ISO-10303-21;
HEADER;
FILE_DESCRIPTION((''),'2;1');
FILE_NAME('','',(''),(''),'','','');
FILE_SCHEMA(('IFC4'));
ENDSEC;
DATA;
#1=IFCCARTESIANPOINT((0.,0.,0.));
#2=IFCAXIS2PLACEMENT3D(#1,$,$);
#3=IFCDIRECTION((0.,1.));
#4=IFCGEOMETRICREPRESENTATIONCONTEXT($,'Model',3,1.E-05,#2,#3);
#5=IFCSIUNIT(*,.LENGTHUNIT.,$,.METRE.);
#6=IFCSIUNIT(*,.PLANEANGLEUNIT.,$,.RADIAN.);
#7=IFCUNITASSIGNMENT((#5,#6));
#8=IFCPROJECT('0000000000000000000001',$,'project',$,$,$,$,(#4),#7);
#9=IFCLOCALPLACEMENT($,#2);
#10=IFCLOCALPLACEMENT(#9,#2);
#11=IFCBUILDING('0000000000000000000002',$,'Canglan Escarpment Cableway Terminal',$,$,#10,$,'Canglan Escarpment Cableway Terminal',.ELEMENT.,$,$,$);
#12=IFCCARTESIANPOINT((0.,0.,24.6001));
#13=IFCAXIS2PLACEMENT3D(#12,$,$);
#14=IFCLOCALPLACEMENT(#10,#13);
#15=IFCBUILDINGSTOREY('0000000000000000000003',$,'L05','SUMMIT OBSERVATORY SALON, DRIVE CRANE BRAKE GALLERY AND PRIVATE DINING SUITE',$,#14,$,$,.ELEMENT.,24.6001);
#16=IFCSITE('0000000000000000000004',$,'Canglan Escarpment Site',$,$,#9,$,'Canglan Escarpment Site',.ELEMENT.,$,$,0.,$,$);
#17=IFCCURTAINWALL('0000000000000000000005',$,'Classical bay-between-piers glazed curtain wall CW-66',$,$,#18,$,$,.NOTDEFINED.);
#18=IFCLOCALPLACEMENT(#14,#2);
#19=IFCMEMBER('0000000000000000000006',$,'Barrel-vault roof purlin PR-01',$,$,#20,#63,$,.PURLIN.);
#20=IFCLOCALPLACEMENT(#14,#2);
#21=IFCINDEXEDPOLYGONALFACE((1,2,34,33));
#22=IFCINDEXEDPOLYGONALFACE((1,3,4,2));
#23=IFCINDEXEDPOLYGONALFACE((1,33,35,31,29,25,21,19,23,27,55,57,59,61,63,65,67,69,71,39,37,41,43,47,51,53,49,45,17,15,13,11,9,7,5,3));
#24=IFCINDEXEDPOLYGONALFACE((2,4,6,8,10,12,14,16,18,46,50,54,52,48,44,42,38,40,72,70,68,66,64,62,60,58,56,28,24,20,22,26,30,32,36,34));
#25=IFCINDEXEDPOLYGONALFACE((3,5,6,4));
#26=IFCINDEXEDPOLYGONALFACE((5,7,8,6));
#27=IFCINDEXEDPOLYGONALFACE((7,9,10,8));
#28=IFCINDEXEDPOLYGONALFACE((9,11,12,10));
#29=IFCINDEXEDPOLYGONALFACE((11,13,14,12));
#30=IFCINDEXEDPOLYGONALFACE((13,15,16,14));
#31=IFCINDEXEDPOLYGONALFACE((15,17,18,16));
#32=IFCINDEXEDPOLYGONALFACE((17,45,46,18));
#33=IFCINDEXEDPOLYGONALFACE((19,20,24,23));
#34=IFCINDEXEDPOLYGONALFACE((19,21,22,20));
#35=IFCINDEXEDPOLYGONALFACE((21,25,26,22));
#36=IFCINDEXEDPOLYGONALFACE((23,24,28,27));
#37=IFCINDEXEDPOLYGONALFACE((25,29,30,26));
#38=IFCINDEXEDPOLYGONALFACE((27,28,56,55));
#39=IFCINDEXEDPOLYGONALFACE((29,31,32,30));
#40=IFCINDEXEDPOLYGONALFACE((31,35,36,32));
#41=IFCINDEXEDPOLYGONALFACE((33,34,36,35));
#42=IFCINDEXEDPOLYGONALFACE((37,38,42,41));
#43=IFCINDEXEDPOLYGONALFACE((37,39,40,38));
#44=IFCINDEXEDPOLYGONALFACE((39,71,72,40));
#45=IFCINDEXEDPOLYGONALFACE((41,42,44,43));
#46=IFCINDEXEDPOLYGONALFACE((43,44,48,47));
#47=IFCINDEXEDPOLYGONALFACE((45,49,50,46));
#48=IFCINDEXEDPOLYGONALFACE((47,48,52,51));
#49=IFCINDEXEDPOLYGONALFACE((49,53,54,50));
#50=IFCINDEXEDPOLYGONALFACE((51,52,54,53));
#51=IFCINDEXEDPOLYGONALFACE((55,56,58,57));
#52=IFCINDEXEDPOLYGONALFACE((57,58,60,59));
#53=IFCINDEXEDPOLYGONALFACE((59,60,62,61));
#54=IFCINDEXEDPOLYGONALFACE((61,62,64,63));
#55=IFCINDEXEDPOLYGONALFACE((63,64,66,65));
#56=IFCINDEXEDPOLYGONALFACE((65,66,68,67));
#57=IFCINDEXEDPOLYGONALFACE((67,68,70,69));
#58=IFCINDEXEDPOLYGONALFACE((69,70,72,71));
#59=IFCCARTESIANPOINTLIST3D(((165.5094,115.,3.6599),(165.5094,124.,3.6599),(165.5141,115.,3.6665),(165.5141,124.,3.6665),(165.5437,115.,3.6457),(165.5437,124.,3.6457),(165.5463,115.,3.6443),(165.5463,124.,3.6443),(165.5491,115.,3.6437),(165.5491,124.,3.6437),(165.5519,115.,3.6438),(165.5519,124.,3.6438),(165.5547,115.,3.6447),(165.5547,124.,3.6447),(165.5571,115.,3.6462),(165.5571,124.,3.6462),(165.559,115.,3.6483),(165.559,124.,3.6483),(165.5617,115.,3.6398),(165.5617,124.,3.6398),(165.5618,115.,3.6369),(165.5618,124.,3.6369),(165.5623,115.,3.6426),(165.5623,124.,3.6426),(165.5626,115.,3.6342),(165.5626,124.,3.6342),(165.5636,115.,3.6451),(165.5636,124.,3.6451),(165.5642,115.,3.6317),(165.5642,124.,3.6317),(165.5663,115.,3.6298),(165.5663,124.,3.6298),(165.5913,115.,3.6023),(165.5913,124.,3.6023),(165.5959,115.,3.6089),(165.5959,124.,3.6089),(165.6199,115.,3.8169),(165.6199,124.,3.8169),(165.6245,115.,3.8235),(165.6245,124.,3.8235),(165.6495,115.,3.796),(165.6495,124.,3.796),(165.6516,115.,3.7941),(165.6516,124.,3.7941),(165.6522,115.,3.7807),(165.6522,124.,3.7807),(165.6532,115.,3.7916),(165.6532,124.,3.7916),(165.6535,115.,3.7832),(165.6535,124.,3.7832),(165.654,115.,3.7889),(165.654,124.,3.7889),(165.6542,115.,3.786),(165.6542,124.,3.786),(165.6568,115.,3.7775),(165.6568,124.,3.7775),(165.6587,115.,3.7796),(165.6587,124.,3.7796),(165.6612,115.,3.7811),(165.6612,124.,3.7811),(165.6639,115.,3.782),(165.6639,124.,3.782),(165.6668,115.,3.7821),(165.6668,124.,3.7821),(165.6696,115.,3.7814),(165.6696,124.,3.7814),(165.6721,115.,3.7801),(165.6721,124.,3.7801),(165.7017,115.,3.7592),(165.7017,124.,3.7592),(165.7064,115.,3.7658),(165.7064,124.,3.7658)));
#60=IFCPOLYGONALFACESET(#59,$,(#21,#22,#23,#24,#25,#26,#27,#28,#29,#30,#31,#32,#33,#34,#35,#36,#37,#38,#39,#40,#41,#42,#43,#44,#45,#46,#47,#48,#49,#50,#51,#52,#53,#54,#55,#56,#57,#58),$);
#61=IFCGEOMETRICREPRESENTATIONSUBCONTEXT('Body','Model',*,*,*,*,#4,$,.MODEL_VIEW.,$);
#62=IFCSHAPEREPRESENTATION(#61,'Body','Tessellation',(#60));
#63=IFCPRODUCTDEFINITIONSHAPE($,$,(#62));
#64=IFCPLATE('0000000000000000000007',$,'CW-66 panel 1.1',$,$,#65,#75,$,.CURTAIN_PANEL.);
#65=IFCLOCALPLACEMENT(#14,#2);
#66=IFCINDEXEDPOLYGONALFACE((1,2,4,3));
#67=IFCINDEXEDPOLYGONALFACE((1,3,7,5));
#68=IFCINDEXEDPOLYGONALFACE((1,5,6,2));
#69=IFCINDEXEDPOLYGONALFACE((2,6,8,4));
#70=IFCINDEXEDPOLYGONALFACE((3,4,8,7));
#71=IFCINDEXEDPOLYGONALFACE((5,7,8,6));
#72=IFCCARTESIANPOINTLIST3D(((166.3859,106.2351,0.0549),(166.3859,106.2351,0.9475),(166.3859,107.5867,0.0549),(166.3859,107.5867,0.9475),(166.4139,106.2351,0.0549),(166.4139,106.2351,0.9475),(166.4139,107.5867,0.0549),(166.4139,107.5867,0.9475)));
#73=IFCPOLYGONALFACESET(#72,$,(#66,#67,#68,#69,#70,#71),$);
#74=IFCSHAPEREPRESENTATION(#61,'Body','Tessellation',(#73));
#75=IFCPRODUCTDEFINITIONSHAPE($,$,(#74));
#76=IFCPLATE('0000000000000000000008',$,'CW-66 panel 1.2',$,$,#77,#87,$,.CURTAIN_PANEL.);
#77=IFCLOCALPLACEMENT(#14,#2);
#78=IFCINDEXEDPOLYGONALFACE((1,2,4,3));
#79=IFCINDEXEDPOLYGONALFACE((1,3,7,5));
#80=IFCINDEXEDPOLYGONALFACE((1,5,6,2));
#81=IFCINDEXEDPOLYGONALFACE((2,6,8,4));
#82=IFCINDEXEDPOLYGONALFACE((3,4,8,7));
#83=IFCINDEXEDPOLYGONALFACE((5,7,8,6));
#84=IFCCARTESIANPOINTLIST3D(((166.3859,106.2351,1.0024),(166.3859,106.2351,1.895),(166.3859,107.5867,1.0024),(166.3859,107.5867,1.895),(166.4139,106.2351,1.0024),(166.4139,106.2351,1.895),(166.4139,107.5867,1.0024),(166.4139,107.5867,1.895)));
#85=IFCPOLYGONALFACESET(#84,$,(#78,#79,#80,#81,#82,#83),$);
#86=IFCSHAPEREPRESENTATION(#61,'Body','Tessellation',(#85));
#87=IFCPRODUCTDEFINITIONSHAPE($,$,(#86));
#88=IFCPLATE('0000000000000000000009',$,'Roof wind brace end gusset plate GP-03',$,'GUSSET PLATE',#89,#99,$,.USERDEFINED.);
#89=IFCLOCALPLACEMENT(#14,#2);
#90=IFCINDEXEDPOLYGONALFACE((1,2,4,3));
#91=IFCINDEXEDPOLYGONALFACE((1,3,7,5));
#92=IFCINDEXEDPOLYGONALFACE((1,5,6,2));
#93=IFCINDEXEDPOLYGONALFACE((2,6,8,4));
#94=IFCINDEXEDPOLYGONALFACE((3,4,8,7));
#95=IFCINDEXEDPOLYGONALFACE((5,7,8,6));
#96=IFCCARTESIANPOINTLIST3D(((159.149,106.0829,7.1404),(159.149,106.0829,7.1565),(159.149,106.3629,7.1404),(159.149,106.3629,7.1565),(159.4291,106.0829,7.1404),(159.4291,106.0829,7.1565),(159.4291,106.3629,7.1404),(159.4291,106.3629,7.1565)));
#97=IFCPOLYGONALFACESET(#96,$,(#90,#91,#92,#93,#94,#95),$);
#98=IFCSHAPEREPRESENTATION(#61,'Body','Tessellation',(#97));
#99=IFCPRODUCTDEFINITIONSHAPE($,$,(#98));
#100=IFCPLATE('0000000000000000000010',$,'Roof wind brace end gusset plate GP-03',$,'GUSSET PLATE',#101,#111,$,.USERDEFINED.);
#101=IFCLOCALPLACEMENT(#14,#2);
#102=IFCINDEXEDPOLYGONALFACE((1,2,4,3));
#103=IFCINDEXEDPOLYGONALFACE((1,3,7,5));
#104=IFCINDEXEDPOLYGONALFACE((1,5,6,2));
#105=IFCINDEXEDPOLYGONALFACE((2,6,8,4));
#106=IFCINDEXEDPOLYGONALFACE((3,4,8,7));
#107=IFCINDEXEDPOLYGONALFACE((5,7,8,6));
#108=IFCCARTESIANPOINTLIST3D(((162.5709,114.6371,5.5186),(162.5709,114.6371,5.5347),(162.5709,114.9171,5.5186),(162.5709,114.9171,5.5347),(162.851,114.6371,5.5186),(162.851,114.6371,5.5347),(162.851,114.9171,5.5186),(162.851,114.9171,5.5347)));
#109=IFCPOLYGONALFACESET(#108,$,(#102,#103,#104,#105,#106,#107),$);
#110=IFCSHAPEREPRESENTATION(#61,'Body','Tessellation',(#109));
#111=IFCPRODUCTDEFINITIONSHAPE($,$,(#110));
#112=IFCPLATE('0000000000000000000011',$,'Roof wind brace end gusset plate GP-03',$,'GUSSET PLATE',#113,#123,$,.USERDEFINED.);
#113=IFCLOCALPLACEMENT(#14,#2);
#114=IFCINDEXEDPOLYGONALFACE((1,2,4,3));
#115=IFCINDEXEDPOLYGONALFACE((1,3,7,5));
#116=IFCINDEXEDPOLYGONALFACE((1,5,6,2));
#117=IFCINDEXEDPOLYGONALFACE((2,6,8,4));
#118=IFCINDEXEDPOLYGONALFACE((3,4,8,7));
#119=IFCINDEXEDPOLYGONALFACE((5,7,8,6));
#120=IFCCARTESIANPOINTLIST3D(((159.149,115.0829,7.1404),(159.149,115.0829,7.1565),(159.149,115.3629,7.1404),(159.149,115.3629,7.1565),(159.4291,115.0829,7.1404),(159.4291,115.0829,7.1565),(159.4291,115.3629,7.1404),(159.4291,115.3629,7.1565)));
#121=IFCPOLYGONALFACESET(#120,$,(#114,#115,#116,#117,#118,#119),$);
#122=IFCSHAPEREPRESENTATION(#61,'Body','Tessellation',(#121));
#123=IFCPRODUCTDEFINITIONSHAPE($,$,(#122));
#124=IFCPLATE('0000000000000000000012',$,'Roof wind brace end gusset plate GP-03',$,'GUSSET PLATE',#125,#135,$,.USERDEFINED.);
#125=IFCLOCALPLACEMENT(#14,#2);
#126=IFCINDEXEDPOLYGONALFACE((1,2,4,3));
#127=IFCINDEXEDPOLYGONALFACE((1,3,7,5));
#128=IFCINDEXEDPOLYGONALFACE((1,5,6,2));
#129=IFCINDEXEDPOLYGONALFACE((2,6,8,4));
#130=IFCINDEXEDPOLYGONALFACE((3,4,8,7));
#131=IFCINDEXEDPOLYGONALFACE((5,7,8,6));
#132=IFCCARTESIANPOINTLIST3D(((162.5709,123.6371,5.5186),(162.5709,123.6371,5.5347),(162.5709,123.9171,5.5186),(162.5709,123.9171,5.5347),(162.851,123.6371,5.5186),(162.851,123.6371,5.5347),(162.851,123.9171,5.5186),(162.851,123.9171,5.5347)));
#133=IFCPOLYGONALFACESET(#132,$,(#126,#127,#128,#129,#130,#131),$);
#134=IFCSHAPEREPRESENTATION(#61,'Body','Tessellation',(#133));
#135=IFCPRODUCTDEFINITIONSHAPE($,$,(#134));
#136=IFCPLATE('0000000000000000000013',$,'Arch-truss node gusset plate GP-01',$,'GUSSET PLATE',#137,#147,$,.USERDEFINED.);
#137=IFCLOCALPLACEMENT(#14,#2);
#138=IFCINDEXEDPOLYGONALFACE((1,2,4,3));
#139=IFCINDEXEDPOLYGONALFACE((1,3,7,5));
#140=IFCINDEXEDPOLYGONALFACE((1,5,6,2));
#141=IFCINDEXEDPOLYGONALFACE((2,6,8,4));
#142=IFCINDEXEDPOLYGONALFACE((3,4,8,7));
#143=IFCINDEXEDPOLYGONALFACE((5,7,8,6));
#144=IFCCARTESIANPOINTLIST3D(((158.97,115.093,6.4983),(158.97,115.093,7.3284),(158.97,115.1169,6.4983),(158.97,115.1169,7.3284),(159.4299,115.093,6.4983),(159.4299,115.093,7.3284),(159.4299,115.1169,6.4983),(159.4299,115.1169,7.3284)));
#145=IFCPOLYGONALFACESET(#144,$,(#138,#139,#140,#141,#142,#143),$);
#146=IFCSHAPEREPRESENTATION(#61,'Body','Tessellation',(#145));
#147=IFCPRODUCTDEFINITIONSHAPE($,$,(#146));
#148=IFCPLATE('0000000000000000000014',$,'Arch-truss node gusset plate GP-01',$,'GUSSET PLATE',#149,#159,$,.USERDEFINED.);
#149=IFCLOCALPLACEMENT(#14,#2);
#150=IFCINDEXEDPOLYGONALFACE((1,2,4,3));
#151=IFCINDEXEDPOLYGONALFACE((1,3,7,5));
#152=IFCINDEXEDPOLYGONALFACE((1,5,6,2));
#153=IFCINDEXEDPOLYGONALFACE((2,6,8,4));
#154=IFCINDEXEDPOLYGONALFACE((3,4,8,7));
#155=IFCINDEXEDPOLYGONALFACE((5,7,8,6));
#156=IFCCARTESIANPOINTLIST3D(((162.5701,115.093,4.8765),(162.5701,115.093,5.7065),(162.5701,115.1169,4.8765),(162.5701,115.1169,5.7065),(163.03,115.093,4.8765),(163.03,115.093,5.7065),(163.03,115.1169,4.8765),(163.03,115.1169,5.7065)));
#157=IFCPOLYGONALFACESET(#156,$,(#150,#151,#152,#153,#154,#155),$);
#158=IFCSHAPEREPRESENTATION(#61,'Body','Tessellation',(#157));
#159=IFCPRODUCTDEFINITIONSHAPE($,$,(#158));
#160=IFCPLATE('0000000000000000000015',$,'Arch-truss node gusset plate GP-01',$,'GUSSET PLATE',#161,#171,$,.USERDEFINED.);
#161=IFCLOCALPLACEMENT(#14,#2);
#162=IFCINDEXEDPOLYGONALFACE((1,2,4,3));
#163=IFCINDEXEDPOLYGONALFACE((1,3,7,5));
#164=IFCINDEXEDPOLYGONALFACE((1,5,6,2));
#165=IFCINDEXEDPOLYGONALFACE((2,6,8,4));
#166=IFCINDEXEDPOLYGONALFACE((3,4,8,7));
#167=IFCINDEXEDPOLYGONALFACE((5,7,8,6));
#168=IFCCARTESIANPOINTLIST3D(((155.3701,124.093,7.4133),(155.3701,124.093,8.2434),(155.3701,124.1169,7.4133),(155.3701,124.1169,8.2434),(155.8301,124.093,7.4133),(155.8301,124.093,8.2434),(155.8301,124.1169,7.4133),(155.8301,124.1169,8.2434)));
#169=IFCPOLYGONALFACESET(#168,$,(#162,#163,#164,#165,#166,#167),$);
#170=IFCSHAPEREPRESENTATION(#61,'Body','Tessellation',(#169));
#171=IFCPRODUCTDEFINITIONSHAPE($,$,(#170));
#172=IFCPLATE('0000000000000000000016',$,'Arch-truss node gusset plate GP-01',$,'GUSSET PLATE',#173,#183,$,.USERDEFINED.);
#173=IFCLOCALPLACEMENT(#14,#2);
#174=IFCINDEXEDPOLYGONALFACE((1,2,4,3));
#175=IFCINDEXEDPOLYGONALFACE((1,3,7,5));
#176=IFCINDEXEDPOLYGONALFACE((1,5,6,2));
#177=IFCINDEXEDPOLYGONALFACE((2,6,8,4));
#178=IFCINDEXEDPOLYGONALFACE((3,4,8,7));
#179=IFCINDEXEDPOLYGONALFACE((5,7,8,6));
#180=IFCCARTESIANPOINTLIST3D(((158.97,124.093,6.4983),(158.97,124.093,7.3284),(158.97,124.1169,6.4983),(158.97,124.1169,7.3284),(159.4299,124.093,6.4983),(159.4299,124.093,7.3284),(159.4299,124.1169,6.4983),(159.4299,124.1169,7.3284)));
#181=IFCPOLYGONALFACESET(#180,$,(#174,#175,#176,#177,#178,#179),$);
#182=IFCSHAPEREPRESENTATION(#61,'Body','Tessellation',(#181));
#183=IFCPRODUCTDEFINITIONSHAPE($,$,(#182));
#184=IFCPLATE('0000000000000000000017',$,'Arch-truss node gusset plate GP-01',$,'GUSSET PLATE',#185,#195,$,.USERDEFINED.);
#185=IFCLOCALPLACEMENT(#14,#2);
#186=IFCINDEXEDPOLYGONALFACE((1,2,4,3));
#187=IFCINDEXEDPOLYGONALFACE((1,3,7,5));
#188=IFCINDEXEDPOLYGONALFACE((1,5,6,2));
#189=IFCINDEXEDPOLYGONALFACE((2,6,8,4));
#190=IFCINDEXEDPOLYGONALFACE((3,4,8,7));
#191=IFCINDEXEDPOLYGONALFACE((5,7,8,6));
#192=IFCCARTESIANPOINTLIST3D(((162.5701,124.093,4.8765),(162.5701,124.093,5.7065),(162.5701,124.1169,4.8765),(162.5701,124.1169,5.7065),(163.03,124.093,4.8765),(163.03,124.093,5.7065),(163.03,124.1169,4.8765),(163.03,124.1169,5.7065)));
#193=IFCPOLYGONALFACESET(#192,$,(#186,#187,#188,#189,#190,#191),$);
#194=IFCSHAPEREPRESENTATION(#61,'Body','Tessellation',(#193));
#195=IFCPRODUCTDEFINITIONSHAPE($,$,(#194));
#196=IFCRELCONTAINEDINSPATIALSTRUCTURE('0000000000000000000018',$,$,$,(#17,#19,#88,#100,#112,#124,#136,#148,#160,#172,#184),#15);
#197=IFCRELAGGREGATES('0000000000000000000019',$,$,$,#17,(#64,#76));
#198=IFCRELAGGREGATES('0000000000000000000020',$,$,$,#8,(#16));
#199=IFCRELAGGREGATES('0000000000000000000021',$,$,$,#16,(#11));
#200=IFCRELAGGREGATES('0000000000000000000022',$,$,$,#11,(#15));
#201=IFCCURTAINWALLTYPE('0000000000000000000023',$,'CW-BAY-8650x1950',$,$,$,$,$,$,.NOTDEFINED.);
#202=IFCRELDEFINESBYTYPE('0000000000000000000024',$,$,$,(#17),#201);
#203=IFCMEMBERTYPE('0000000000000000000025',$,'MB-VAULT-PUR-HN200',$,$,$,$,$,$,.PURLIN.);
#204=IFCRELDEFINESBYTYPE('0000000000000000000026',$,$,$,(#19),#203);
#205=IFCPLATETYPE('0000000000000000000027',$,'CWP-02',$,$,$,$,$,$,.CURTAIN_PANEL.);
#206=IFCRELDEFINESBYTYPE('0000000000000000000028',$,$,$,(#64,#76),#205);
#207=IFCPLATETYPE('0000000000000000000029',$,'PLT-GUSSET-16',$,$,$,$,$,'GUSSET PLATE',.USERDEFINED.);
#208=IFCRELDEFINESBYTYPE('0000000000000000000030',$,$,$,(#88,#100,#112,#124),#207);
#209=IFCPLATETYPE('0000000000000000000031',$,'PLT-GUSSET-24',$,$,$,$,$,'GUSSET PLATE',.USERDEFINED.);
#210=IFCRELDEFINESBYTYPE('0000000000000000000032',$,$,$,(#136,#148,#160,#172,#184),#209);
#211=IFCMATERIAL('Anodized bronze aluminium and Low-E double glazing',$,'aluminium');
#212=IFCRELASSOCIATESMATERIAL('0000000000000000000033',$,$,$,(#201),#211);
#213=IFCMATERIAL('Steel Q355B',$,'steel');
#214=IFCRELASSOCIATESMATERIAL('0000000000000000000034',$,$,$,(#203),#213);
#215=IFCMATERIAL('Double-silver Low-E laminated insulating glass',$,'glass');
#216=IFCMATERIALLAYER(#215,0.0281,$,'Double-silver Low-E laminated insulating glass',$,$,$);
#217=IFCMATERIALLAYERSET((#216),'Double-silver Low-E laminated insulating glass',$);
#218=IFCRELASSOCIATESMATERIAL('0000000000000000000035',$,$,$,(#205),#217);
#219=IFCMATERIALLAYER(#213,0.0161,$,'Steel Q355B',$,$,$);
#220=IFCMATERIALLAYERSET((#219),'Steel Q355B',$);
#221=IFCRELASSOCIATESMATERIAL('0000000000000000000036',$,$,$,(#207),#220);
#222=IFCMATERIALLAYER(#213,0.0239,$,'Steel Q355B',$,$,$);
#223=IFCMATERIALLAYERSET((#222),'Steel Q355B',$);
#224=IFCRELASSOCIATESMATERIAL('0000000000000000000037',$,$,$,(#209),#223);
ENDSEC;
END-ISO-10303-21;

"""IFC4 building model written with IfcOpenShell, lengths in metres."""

from ifc_helpers import new_model, si_unit, direction, frame, origin, origin_2d, place, context, subcontext, project, spatial, rectangle, i_section, extrude, material, layer, layer_set, material_profile, profile_set, type_object, element, aggregate, save


model = new_model("IFC4")

# Units and contexts
model_context = context("Model", 3, precision=1e-05, world=origin(), true_north=direction((0.0, 1.0)))
body_context = subcontext(model_context, "Body", "Model", "MODEL_VIEW")
ifc_project = project(units=[si_unit("LENGTHUNIT", "METRE"), si_unit("PLANEANGLEUNIT", "RADIAN")], contexts=[model_context])

# Site, building, storey
site_placement = place(None, origin())
site = spatial("IfcSite", under=ifc_project, at=site_placement, Name="Canglan Escarpment Site", LongName="Canglan Escarpment Site", CompositionType="ELEMENT", RefElevation=0.0)
building_placement = place(site_placement, origin())
building = spatial("IfcBuilding", under=site, at=building_placement, Name="Canglan Escarpment Cableway Terminal", LongName="Canglan Escarpment Cableway Terminal", CompositionType="ELEMENT")
storey_placement = place(building_placement, frame((0.0, 0.0, 24.6001)))
storey = spatial("IfcBuildingStorey", under=building, at=storey_placement, Name="L05", Description="SUMMIT OBSERVATORY SALON, DRIVE CRANE BRAKE GALLERY AND PRIVATE DINING SUITE", CompositionType="ELEMENT", Elevation=24.6001)

# Shared definitions
ifc_material_1 = material(Name="Steel Q355B", Category="steel")

# Curtain wall
ifc_material_2 = material(Name="Anodized bronze aluminium and Low-E double glazing", Category="aluminium")
curtain_wall_type = type_object("IfcCurtainWallType", Name="CW-BAY-8650x1950", PredefinedType="NOTDEFINED", material=ifc_material_2)
curtain_wall_placement = place(storey_placement, origin())
curtain_wall = element("IfcCurtainWall", 1, at=curtain_wall_placement, inside=storey, type_object=curtain_wall_type, Name="Classical bay-between-piers glazed curtain wall CW-66", PredefinedType="NOTDEFINED")

# Member
ifc_material_profile_1 = material_profile(ifc_material_1, i_section(OverallWidth=0.1001, OverallDepth=0.2, WebThickness=0.0056, FlangeThickness=0.0081, FilletRadius=0.011, at=origin_2d()), Name="HN 200x100x5.5x8")
ifc_profile_set_1 = profile_set([ifc_material_profile_1], Name="Steel Q355B")
member_type_1 = type_object("IfcMemberType", Name="MB-VAULT-PUR-HN200", PredefinedType="PURLIN", material=ifc_profile_set_1)
for number, where, z_axis, x_axis, name in (
    (2, (165.6079, 115.0, 3.7129), (0.0, 1.0, 0.0), (-0.817728, 0.0, 0.575605), "Barrel-vault roof purlin PR-01"),
):
    element("IfcMember", number, at=place(storey_placement, frame(where, z_axis=z_axis, x_axis=x_axis)), inside=storey, type_object=member_type_1, Name=name, PredefinedType="PURLIN", context=body_context, shape_type="SweptSolid", body=[
        extrude(i_section(OverallWidth=0.1001, OverallDepth=0.2, WebThickness=0.0056, FlangeThickness=0.0081, FilletRadius=0.011, at=origin_2d()), origin(), (0.0, 0.0, 1.0), 9.0),
    ])

# Plates
ifc_material_3 = material(Name="Double-silver Low-E laminated insulating glass", Category="glass")
ifc_layer_1 = layer(ifc_material_3, 0.0281, Name="Double-silver Low-E laminated insulating glass")
ifc_layer_set_1 = layer_set([ifc_layer_1], Name="Double-silver Low-E laminated insulating glass")
plate_type_1 = type_object("IfcPlateType", Name="CWP-02", PredefinedType="CURTAIN_PANEL", material=ifc_layer_set_1)
plate_1_placement = place(storey_placement, frame((166.3999, 106.9109, 0.0549), z_axis=(0.0, 0.0, 1.0), x_axis=(0.0, 1.0, 0.0)))
plate_1 = element("IfcPlate", 3, at=plate_1_placement, type_object=plate_type_1, Name="CW-66 panel 1.1", PredefinedType="CURTAIN_PANEL", context=body_context, shape_type="SweptSolid", body=[
    extrude(rectangle(XDim=1.3516, YDim=0.0281, at=origin_2d()), origin(), (0.0, 0.0, 1.0), 0.8926),
])
plate_2_placement = place(storey_placement, frame((166.3999, 106.9109, 1.0024), z_axis=(0.0, 0.0, 1.0), x_axis=(0.0, 1.0, 0.0)))
plate_2 = element("IfcPlate", 4, at=plate_2_placement, type_object=plate_type_1, Name="CW-66 panel 1.2", PredefinedType="CURTAIN_PANEL", context=body_context, shape_type="SweptSolid", body=[
    extrude(rectangle(XDim=1.3516, YDim=0.0281, at=origin_2d()), origin(), (0.0, 0.0, 1.0), 0.8926),
])
aggregate(curtain_wall, [plate_1, plate_2])

# Plates
ifc_layer_2 = layer(ifc_material_1, 0.0161, Name="Steel Q355B")
ifc_layer_set_2 = layer_set([ifc_layer_2], Name="Steel Q355B")
plate_type_2 = type_object("IfcPlateType", Name="PLT-GUSSET-16", ElementType="GUSSET PLATE", PredefinedType="USERDEFINED", material=ifc_layer_set_2)
for number, where, z_axis, x_axis, name in (
    (5, (159.2891, 106.2229, 7.1404), (0.0, 0.0, 1.0), (1.0, 0.0, 0.0), "Roof wind brace end gusset plate GP-03"),
    (6, (162.7109, 114.7771, 5.5186), (0.0, 0.0, 1.0), (1.0, 0.0, 0.0), "Roof wind brace end gusset plate GP-03"),
    (7, (159.2891, 115.2229, 7.1404), (0.0, 0.0, 1.0), (1.0, 0.0, 0.0), "Roof wind brace end gusset plate GP-03"),
    (8, (162.7109, 123.7771, 5.5186), (0.0, 0.0, 1.0), (1.0, 0.0, 0.0), "Roof wind brace end gusset plate GP-03"),
):
    element("IfcPlate", number, at=place(storey_placement, frame(where, z_axis=z_axis, x_axis=x_axis)), inside=storey, type_object=plate_type_2, Name=name, ObjectType="GUSSET PLATE", PredefinedType="USERDEFINED", context=body_context, shape_type="SweptSolid", body=[
        extrude(rectangle(XDim=0.28, YDim=0.28, at=origin_2d()), origin(), (0.0, 0.0, 1.0), 0.0161),
    ])
ifc_layer_3 = layer(ifc_material_1, 0.0239, Name="Steel Q355B")
ifc_layer_set_3 = layer_set([ifc_layer_3], Name="Steel Q355B")
plate_type_3 = type_object("IfcPlateType", Name="PLT-GUSSET-24", ElementType="GUSSET PLATE", PredefinedType="USERDEFINED", material=ifc_layer_set_3)
for number, where, z_axis, x_axis, name in (
    (9, (159.2, 115.105, 6.4983), (0.0, 0.0, 1.0), (1.0, 0.0, 0.0), "Arch-truss node gusset plate GP-01"),
    (10, (162.8, 115.105, 4.8765), (0.0, 0.0, 1.0), (1.0, 0.0, 0.0), "Arch-truss node gusset plate GP-01"),
    (11, (155.6001, 124.105, 7.4133), (0.0, 0.0, 1.0), (1.0, 0.0, 0.0), "Arch-truss node gusset plate GP-01"),
    (12, (159.2, 124.105, 6.4983), (0.0, 0.0, 1.0), (1.0, 0.0, 0.0), "Arch-truss node gusset plate GP-01"),
    (13, (162.8, 124.105, 4.8765), (0.0, 0.0, 1.0), (1.0, 0.0, 0.0), "Arch-truss node gusset plate GP-01"),
):
    element("IfcPlate", number, at=place(storey_placement, frame(where, z_axis=z_axis, x_axis=x_axis)), inside=storey, type_object=plate_type_3, Name=name, ObjectType="GUSSET PLATE", PredefinedType="USERDEFINED", context=body_context, shape_type="SweptSolid", body=[
        extrude(rectangle(XDim=0.46, YDim=0.0239, at=origin_2d()), origin(), (0.0, 0.0, 1.0), 0.8301),
    ])

save(model, "model.ifc")
